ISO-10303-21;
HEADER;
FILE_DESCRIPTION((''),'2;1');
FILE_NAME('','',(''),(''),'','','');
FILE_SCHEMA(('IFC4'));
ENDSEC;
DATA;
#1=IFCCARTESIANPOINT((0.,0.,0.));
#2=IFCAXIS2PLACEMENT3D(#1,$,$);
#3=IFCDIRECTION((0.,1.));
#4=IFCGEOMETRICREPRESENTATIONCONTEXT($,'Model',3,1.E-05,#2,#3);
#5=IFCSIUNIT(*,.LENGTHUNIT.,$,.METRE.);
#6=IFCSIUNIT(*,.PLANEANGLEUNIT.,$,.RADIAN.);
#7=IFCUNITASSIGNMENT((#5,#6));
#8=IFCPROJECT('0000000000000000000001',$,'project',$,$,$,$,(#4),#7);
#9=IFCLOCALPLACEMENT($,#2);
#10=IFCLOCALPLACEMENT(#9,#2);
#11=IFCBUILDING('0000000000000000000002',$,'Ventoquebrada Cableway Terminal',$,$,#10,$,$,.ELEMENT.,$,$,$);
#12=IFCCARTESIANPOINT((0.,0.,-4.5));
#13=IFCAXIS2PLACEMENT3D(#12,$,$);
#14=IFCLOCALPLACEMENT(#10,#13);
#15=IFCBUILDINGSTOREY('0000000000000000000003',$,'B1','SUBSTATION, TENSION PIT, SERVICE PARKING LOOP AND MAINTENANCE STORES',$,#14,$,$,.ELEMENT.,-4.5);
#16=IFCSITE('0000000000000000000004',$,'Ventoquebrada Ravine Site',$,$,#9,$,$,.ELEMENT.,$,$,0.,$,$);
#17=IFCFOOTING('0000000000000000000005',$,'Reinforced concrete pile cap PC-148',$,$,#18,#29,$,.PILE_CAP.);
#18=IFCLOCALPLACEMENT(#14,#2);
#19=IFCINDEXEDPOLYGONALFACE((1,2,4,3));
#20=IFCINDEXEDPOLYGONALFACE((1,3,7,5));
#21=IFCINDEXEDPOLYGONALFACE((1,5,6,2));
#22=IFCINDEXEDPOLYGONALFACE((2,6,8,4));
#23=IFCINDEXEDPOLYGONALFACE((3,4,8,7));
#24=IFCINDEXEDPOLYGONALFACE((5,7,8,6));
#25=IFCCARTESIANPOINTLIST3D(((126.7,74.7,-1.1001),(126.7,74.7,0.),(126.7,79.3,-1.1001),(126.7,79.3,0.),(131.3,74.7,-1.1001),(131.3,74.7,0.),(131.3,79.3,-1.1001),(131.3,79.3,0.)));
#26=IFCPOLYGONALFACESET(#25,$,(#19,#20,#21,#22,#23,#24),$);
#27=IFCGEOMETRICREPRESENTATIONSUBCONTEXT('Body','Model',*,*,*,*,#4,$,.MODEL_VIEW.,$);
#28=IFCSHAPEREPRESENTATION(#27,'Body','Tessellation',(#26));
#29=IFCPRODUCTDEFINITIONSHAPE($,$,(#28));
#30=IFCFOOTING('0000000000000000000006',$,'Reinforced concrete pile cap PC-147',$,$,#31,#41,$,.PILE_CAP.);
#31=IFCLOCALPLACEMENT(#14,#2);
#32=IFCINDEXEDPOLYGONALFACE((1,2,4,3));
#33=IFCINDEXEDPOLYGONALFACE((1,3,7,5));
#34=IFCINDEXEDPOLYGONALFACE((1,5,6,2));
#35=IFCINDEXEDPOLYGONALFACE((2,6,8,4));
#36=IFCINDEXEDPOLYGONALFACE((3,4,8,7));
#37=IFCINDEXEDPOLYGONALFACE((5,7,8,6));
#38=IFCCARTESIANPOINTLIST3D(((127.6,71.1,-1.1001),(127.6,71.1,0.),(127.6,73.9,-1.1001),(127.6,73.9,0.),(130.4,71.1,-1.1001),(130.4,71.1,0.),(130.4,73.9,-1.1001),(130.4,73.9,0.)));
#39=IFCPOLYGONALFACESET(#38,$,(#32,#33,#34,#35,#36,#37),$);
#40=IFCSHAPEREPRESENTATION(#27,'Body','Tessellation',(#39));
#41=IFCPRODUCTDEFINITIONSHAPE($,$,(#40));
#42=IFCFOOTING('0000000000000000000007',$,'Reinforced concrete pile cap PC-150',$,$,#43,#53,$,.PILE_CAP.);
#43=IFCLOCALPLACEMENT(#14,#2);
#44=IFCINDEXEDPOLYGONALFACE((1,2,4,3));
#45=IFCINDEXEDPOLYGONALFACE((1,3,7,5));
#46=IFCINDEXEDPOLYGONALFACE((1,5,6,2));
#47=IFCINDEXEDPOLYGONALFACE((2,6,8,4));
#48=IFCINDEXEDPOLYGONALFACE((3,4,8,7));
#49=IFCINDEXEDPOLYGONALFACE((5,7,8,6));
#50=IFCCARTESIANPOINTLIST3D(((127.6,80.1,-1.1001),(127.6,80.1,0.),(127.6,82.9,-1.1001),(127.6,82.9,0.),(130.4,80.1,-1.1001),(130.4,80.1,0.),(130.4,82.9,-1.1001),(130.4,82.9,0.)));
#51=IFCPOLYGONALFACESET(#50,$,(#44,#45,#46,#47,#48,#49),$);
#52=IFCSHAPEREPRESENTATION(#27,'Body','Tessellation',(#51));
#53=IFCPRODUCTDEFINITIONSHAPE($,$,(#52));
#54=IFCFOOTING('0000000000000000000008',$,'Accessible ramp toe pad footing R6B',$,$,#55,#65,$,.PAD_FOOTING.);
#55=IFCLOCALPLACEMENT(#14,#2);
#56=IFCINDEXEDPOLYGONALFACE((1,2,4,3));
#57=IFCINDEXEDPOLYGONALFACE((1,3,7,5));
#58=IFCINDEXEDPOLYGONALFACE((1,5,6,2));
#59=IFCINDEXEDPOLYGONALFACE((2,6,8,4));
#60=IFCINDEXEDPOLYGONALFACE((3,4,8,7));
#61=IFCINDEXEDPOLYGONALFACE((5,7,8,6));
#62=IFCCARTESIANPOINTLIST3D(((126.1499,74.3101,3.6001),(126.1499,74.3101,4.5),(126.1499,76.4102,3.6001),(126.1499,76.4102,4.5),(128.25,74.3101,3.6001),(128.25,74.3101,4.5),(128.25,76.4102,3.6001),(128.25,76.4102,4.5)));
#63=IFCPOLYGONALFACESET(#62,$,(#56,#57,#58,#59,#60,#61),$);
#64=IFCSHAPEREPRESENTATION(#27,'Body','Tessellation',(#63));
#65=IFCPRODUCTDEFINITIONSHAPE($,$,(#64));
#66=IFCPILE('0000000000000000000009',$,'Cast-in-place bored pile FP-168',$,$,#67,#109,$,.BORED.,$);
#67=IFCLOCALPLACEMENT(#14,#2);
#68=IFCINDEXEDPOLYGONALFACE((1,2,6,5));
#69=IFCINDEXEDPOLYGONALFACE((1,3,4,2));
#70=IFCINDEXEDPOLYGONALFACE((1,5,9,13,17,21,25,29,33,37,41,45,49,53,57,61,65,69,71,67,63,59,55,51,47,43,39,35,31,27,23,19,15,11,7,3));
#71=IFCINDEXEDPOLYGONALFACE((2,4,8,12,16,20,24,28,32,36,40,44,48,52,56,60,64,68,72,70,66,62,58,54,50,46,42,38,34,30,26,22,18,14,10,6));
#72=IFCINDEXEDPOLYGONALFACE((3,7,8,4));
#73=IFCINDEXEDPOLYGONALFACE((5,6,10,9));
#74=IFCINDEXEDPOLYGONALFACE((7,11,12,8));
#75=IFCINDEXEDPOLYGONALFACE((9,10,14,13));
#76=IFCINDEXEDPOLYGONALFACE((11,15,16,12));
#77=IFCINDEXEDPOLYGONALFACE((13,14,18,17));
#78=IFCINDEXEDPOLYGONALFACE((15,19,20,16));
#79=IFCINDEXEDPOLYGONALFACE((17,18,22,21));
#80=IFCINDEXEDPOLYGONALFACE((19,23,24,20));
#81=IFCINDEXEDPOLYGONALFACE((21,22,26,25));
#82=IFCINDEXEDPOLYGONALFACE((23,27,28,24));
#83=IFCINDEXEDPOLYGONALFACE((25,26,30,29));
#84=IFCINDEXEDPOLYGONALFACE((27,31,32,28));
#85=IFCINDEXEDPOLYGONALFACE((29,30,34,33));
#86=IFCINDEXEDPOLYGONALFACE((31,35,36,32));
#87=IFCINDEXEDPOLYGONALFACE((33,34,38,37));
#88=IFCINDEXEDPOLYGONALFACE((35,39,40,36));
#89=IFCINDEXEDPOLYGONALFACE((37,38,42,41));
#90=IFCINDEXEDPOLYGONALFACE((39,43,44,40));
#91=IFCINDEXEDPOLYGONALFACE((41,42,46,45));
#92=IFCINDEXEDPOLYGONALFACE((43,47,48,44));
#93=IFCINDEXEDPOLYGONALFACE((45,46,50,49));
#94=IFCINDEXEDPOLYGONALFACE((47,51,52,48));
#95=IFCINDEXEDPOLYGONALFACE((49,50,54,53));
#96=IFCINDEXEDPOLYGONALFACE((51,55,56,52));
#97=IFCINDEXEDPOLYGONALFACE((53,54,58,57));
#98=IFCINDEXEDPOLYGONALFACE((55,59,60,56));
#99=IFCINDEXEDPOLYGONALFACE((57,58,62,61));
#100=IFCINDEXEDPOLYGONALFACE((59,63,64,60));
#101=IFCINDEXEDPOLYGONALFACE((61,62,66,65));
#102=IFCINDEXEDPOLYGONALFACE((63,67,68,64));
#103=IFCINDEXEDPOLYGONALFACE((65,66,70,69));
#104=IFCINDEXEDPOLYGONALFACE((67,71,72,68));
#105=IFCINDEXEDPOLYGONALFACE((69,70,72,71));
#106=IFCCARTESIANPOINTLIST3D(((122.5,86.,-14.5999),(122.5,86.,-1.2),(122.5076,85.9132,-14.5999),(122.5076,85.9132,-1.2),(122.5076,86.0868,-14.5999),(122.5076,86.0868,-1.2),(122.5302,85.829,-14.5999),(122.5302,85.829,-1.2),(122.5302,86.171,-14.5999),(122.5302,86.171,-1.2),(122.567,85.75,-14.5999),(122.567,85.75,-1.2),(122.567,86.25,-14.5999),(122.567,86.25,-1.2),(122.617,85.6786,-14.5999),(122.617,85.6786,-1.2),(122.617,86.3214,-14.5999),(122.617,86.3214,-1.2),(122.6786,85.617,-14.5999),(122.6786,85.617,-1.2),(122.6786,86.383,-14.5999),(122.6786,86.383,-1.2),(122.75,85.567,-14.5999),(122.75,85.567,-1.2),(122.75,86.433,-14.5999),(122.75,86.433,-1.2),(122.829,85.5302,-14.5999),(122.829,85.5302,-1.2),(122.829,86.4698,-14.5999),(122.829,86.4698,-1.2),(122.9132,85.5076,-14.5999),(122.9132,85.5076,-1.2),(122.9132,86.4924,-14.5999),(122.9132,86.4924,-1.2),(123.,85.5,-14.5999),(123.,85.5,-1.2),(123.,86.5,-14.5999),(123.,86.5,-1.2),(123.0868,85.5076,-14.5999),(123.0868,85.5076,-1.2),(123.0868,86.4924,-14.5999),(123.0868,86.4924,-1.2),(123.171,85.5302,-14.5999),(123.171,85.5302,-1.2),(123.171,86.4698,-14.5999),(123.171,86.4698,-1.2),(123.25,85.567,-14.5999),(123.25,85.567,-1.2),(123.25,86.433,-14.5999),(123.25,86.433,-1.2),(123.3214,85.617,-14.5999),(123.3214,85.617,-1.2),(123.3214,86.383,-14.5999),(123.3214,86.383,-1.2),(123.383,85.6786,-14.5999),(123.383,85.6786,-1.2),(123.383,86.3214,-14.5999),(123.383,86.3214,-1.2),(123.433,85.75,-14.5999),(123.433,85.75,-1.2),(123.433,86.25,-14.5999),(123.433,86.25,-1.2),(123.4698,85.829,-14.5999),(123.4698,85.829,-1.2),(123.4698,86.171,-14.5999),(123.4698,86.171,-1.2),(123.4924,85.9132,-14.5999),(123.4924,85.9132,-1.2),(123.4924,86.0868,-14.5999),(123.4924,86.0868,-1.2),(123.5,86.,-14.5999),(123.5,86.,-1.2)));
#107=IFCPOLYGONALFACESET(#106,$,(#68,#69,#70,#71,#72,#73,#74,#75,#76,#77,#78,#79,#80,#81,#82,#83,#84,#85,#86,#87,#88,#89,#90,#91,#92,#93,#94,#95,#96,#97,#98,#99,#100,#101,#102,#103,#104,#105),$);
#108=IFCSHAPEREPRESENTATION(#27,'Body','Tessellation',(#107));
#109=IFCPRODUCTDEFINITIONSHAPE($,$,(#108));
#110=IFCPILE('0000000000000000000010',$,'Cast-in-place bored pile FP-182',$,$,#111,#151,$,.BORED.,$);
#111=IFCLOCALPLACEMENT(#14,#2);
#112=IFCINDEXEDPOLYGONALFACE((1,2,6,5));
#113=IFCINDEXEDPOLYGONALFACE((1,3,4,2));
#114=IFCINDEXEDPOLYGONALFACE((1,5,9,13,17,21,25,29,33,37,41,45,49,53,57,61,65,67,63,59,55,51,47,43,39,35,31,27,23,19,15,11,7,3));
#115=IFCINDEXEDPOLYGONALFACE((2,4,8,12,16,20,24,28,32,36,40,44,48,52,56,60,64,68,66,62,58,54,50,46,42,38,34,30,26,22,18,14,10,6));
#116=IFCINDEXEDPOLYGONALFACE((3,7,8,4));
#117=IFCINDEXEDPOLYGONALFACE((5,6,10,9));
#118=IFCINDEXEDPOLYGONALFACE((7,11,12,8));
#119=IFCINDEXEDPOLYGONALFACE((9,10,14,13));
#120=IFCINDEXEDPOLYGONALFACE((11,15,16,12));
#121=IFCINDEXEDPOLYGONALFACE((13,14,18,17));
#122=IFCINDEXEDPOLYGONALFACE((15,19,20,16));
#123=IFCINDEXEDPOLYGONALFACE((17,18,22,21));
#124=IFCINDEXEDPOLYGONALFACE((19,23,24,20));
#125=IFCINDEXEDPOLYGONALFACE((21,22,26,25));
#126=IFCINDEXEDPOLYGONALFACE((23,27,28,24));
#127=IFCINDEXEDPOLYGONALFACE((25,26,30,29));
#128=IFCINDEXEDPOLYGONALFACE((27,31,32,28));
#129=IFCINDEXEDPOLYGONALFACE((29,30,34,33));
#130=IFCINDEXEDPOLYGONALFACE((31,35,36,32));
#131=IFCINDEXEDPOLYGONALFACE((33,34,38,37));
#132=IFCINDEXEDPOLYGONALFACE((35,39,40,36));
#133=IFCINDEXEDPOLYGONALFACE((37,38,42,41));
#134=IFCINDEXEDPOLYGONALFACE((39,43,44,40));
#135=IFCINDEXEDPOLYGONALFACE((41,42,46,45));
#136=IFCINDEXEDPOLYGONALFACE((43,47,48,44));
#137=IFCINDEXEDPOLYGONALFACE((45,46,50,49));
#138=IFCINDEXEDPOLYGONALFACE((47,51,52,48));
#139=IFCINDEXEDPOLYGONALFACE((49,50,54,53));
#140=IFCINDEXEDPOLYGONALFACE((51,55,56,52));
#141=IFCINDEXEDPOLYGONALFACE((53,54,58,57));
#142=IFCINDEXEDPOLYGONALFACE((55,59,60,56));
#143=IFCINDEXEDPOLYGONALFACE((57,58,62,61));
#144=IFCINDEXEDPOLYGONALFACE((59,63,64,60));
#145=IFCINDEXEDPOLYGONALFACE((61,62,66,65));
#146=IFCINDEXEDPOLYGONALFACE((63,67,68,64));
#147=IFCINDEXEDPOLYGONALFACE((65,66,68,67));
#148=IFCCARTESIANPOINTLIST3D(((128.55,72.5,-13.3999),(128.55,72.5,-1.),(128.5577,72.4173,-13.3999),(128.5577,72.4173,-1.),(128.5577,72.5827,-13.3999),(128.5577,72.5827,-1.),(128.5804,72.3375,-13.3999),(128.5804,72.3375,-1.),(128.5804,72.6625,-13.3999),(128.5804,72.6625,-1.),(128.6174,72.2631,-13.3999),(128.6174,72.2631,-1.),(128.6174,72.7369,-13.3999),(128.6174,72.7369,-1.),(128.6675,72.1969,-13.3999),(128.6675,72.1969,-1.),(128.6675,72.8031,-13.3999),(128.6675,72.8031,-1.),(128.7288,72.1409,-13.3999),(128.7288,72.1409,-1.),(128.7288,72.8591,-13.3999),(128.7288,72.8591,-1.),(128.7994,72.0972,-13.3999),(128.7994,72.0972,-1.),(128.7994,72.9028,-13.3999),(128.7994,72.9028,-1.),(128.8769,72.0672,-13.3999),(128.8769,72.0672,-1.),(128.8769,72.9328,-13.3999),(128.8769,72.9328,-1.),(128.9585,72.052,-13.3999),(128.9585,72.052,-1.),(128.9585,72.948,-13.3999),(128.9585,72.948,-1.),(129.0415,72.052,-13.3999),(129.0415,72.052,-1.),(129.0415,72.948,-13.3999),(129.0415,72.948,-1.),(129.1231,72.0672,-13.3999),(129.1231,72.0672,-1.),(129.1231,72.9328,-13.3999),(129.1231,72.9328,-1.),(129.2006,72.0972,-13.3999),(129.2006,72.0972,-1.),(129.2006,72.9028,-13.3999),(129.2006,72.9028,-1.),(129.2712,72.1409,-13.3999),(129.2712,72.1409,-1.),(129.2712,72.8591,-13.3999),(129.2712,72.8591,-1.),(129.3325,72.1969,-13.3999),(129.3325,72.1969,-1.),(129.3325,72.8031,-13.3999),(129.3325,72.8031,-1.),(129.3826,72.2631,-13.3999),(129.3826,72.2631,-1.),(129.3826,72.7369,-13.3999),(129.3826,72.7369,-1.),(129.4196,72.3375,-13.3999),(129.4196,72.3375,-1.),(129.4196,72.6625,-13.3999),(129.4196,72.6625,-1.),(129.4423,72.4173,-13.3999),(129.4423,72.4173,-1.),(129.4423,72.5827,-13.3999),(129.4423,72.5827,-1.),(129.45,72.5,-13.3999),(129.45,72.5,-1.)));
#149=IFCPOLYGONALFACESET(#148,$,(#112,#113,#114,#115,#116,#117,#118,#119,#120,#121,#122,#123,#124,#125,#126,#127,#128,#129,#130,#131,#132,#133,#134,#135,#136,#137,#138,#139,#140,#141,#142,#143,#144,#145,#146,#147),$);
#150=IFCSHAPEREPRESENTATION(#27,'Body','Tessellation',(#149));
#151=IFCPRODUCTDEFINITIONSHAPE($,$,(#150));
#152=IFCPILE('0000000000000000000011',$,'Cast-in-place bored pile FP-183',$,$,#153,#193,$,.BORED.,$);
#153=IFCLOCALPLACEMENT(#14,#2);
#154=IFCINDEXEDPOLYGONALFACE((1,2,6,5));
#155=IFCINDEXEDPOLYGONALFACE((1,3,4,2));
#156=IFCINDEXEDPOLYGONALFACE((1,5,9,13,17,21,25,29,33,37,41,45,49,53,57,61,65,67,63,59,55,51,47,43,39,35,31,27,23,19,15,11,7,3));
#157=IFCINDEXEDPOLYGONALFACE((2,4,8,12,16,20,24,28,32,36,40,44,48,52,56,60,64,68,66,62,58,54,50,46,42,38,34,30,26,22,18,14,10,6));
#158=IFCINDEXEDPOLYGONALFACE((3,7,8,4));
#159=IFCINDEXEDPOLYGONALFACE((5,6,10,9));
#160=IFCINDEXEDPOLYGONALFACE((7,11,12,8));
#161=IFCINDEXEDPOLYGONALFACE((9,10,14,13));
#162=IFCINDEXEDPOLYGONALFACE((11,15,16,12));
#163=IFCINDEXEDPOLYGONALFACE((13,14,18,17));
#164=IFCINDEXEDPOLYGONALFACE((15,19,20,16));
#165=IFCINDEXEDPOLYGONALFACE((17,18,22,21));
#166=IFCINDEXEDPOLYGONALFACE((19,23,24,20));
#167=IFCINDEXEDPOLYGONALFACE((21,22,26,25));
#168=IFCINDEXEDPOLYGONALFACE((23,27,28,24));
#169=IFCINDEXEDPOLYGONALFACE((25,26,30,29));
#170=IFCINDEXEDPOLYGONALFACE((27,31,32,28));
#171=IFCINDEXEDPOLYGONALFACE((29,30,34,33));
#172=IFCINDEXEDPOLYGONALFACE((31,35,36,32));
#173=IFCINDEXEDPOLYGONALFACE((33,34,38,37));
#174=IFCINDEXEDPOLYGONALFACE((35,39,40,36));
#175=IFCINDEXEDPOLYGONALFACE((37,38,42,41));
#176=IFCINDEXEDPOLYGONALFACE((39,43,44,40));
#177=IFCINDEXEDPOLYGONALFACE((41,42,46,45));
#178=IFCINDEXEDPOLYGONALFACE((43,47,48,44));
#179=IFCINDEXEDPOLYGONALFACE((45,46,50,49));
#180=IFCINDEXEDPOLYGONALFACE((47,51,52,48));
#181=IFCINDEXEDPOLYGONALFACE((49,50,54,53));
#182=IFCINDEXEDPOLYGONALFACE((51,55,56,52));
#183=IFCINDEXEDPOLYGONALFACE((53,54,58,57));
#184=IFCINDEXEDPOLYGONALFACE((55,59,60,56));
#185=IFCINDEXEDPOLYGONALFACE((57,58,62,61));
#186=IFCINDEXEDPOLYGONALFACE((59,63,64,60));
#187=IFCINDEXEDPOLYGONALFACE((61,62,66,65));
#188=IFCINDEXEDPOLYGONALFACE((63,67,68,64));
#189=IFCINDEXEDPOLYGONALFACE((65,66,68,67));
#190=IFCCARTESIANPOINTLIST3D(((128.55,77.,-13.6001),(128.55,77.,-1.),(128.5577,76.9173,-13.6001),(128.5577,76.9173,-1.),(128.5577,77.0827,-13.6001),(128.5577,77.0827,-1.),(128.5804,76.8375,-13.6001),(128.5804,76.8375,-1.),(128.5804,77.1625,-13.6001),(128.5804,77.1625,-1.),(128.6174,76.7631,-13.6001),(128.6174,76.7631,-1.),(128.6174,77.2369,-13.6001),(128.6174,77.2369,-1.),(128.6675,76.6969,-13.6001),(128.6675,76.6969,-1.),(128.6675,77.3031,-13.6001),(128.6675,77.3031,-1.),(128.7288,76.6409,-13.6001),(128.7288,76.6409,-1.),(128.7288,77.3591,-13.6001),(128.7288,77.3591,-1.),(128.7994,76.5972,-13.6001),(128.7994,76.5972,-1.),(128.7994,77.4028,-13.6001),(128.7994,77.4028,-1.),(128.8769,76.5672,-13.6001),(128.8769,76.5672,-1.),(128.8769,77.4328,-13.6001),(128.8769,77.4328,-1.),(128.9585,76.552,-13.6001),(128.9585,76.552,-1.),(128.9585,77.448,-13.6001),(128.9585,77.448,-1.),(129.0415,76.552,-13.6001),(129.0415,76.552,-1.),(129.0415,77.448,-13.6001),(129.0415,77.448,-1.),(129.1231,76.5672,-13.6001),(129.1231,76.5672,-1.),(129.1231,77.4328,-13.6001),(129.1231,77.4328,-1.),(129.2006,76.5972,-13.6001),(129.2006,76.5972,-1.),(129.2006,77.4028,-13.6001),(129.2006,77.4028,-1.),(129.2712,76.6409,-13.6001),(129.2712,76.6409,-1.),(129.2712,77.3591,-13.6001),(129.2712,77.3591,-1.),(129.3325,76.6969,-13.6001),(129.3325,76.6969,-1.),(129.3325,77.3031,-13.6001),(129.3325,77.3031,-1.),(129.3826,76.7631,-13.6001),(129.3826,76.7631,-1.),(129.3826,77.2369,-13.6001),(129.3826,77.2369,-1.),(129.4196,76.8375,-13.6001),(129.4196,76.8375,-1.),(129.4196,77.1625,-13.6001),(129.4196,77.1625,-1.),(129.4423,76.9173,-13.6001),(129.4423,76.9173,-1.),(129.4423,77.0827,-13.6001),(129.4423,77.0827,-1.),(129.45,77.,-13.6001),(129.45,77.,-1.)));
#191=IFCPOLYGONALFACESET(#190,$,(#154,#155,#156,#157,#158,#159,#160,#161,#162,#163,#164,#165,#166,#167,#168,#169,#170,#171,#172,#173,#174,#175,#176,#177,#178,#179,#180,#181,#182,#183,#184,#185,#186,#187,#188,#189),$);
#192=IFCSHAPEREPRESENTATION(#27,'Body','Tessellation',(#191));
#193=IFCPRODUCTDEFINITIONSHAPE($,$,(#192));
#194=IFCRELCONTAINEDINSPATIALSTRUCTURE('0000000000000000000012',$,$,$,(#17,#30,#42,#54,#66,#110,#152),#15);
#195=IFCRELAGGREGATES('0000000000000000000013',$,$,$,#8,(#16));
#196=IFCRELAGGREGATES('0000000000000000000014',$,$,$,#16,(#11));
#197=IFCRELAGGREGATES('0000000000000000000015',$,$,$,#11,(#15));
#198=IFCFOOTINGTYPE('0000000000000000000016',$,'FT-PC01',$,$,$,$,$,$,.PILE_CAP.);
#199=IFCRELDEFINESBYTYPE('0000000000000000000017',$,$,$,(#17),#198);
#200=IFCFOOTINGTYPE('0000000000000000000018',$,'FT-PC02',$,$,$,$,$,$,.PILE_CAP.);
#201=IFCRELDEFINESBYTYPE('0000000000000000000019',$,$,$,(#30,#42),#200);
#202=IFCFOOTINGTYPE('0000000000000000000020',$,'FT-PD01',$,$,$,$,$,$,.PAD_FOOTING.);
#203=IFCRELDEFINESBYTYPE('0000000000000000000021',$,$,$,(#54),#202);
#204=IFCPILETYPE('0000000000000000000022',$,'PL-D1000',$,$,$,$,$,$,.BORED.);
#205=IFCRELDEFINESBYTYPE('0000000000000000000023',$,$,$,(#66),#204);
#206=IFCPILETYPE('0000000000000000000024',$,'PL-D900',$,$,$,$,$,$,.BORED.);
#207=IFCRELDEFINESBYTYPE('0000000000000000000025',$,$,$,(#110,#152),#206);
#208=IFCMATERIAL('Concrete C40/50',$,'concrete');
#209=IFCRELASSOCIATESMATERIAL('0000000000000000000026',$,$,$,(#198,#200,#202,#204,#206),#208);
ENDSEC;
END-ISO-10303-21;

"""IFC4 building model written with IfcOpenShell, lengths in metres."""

from ifc_helpers import new_model, si_unit, direction, frame, origin, origin_2d, place, context, subcontext, project, spatial, rectangle, circle, extrude, material, material_profile, profile_set, type_object, element, save


model = new_model("IFC4")

# Units and contexts
model_context = context("Model", 3, precision=1e-05, world=origin(), true_north=direction((0.0, 1.0)))
body_context = subcontext(model_context, "Body", "Model", "MODEL_VIEW")
ifc_project = project(units=[si_unit("LENGTHUNIT", "METRE"), si_unit("PLANEANGLEUNIT", "RADIAN")], contexts=[model_context])

# Site, building, storey
site_placement = place(None, origin())
site = spatial("IfcSite", under=ifc_project, at=site_placement, Name="Ventoquebrada Ravine Site", CompositionType="ELEMENT", RefElevation=0.0)
building_placement = place(site_placement, origin())
building = spatial("IfcBuilding", under=site, at=building_placement, Name="Ventoquebrada Cableway Terminal", CompositionType="ELEMENT")
storey_placement = place(building_placement, frame((0.0, 0.0, -4.5)))
storey = spatial("IfcBuildingStorey", under=building, at=storey_placement, Name="B1", Description="SUBSTATION, TENSION PIT, SERVICE PARKING LOOP AND MAINTENANCE STORES", CompositionType="ELEMENT", Elevation=-4.5)

# Footings
ifc_material_1 = material(Name="Concrete C40/50", Category="concrete")
footing_type_1 = type_object("IfcFootingType", Name="FT-PC01", PredefinedType="PILE_CAP", material=ifc_material_1)
footing_1_placement = place(storey_placement, frame((129.0, 77.0, -1.1001), z_axis=(0.0, 0.0, 1.0), x_axis=(1.0, 0.0, 0.0)))
element("IfcFooting", 1, at=footing_1_placement, inside=storey, type_object=footing_type_1, Name="Reinforced concrete pile cap PC-148", PredefinedType="PILE_CAP", context=body_context, shape_type="SweptSolid", body=[
    extrude(rectangle(XDim=4.6001, YDim=4.6001, at=origin_2d()), origin(), (0.0, 0.0, 1.0), 1.1001),
])
footing_type_2 = type_object("IfcFootingType", Name="FT-PC02", PredefinedType="PILE_CAP", material=ifc_material_1)
for number, where, z_axis, x_axis, name in (
    (2, (129.0, 72.5, -1.1001), (0.0, 0.0, 1.0), (1.0, 0.0, 0.0), "Reinforced concrete pile cap PC-147"),
    (3, (129.0, 81.5, -1.1001), (0.0, 0.0, 1.0), (1.0, 0.0, 0.0), "Reinforced concrete pile cap PC-150"),
):
    element("IfcFooting", number, at=place(storey_placement, frame(where, z_axis=z_axis, x_axis=x_axis)), inside=storey, type_object=footing_type_2, Name=name, PredefinedType="PILE_CAP", context=body_context, shape_type="SweptSolid", body=[
        extrude(rectangle(XDim=2.8, YDim=2.8, at=origin_2d()), origin(), (0.0, 0.0, 1.0), 1.1001),
    ])
footing_type_3 = type_object("IfcFootingType", Name="FT-PD01", PredefinedType="PAD_FOOTING", material=ifc_material_1)
footing_2_placement = place(storey_placement, frame((127.2, 75.3601, 3.6001), z_axis=(0.0, 0.0, 1.0), x_axis=(1.0, 0.0, 0.0)))
element("IfcFooting", 4, at=footing_2_placement, inside=storey, type_object=footing_type_3, Name="Accessible ramp toe pad footing R6B", PredefinedType="PAD_FOOTING", context=body_context, shape_type="SweptSolid", body=[
    extrude(rectangle(XDim=2.1001, YDim=2.1001, at=origin_2d()), origin(), (0.0, 0.0, 1.0), 0.8999),
])

# Piles
ifc_material_profile_1 = material_profile(ifc_material_1, circle(Radius=0.5, at=origin_2d()), Name="PILE-D1000")
ifc_profile_set_1 = profile_set([ifc_material_profile_1], Name="Concrete C40/50")
pile_type_1 = type_object("IfcPileType", Name="PL-D1000", PredefinedType="BORED", material=ifc_profile_set_1)
pile_1_placement = place(storey_placement, frame((123.0, 86.0, -1.2), z_axis=(0.0, 0.0, -1.0), x_axis=(1.0, 0.0, 0.0)))
element("IfcPile", 5, at=pile_1_placement, inside=storey, type_object=pile_type_1, Name="Cast-in-place bored pile FP-168", PredefinedType="BORED", context=body_context, shape_type="SweptSolid", body=[
    extrude(circle(Radius=0.5, at=origin_2d()), origin(), (0.0, 0.0, 1.0), 13.3999),
])
ifc_material_profile_2 = material_profile(ifc_material_1, circle(Radius=0.45, at=origin_2d()), Name="PILE-D900")
ifc_profile_set_2 = profile_set([ifc_material_profile_2], Name="Concrete C40/50")
pile_type_2 = type_object("IfcPileType", Name="PL-D900", PredefinedType="BORED", material=ifc_profile_set_2)
pile_2_placement = place(storey_placement, frame((129.0, 72.5, -1.0), z_axis=(0.0, 0.0, -1.0), x_axis=(1.0, 0.0, 0.0)))
element("IfcPile", 6, at=pile_2_placement, inside=storey, type_object=pile_type_2, Name="Cast-in-place bored pile FP-182", PredefinedType="BORED", context=body_context, shape_type="SweptSolid", body=[
    extrude(circle(Radius=0.45, at=origin_2d()), origin(), (0.0, 0.0, 1.0), 12.3999),
])
pile_3_placement = place(storey_placement, frame((129.0, 77.0, -1.0), z_axis=(0.0, 0.0, -1.0), x_axis=(1.0, 0.0, 0.0)))
element("IfcPile", 7, at=pile_3_placement, inside=storey, type_object=pile_type_2, Name="Cast-in-place bored pile FP-183", PredefinedType="BORED", context=body_context, shape_type="SweptSolid", body=[
    extrude(circle(Radius=0.45, at=origin_2d()), origin(), (0.0, 0.0, 1.0), 12.6001),
])

save(model, "model.ifc")
